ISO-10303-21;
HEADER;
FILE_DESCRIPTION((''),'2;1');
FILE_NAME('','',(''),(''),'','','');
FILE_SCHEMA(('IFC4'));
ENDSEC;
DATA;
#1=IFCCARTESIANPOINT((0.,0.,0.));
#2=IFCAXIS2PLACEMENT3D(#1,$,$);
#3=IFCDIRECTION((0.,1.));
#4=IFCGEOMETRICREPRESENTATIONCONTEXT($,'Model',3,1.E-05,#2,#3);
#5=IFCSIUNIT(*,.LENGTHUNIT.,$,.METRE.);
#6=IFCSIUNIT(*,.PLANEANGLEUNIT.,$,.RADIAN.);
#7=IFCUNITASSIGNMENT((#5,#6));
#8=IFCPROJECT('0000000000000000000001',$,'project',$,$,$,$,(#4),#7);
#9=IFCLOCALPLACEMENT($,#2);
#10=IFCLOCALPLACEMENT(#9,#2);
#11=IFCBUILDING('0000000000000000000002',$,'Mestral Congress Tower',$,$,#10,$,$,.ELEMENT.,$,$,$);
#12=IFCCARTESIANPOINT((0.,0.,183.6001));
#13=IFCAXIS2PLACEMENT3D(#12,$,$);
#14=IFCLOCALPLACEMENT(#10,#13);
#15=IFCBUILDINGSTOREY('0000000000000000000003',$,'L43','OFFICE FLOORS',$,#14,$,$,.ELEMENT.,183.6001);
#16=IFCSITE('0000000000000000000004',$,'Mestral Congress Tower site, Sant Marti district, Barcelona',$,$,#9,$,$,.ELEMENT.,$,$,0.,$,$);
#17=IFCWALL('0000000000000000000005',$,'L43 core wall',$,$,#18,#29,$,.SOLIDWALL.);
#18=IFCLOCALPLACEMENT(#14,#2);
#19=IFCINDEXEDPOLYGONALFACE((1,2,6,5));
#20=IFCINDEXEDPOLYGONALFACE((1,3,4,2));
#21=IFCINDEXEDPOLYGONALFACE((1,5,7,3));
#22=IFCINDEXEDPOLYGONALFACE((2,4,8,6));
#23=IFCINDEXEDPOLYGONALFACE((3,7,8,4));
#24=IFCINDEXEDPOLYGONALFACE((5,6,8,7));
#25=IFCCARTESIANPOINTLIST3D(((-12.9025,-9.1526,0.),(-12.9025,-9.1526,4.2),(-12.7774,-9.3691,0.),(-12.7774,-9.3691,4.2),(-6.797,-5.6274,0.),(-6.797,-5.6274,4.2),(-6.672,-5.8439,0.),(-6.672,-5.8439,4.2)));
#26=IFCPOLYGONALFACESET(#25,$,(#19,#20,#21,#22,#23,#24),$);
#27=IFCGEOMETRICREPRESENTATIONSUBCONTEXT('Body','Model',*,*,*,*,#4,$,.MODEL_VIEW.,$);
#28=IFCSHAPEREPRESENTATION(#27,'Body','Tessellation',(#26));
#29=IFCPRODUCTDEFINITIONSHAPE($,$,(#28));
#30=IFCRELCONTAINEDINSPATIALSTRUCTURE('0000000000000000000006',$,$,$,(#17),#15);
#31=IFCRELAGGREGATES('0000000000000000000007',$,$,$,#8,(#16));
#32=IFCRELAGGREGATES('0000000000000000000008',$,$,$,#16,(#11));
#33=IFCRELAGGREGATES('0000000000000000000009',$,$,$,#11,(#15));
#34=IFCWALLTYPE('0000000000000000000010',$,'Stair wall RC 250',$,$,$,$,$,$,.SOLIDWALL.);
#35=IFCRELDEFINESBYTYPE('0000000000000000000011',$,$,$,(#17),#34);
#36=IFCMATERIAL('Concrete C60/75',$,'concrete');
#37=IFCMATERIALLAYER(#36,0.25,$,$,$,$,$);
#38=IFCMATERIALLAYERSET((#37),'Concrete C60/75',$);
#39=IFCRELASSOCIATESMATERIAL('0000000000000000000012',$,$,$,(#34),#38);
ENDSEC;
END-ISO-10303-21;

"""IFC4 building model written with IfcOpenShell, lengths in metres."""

from ifc_helpers import new_model, si_unit, direction, frame, frame_2d, origin, place, context, subcontext, project, spatial, rectangle, extrude, material, layer, layer_set, type_object, element, save


model = new_model("IFC4")

# Units and contexts
model_context = context("Model", 3, precision=1e-05, world=origin(), true_north=direction((0.0, 1.0)))
body_context = subcontext(model_context, "Body", "Model", "MODEL_VIEW")
ifc_project = project(units=[si_unit("LENGTHUNIT", "METRE"), si_unit("PLANEANGLEUNIT", "RADIAN")], contexts=[model_context])

# Site, building, storey
site_placement = place(None, origin())
site = spatial("IfcSite", under=ifc_project, at=site_placement, Name="Mestral Congress Tower site, Sant Marti district, Barcelona", CompositionType="ELEMENT", RefElevation=0.0)
building_placement = place(site_placement, origin())
building = spatial("IfcBuilding", under=site, at=building_placement, Name="Mestral Congress Tower", CompositionType="ELEMENT")
storey_placement = place(building_placement, frame((0.0, 0.0, 183.6001)))
storey = spatial("IfcBuildingStorey", under=building, at=storey_placement, Name="L43", Description="OFFICE FLOORS", CompositionType="ELEMENT", Elevation=183.6001)

# Shared definitions
ifc_material_1 = material(Name="Concrete C60/75", Category="concrete")

# Wall
ifc_layer_1 = layer(ifc_material_1, 0.25)
ifc_layer_set_1 = layer_set([ifc_layer_1], Name="Concrete C60/75")
wall_type_1 = type_object("IfcWallType", Name="Stair wall RC 250", PredefinedType="SOLIDWALL", material=ifc_layer_set_1)
wall_1_placement = place(storey_placement, frame((-12.8398, -9.2607, 0.0), z_axis=(0.0, 0.0, 1.0), x_axis=(0.866016, 0.500016, 0.0)))
element("IfcWall", 1, at=wall_1_placement, inside=storey, type_object=wall_type_1, Name="L43 core wall", PredefinedType="SOLIDWALL", context=body_context, shape_type="SweptSolid", body=[
    extrude(rectangle(XDim=7.05, YDim=0.25, at=frame_2d((3.5249, 0.0))), origin(), (0.0, 0.0, 1.0), 4.2),
])

save(model, "model.ifc")
